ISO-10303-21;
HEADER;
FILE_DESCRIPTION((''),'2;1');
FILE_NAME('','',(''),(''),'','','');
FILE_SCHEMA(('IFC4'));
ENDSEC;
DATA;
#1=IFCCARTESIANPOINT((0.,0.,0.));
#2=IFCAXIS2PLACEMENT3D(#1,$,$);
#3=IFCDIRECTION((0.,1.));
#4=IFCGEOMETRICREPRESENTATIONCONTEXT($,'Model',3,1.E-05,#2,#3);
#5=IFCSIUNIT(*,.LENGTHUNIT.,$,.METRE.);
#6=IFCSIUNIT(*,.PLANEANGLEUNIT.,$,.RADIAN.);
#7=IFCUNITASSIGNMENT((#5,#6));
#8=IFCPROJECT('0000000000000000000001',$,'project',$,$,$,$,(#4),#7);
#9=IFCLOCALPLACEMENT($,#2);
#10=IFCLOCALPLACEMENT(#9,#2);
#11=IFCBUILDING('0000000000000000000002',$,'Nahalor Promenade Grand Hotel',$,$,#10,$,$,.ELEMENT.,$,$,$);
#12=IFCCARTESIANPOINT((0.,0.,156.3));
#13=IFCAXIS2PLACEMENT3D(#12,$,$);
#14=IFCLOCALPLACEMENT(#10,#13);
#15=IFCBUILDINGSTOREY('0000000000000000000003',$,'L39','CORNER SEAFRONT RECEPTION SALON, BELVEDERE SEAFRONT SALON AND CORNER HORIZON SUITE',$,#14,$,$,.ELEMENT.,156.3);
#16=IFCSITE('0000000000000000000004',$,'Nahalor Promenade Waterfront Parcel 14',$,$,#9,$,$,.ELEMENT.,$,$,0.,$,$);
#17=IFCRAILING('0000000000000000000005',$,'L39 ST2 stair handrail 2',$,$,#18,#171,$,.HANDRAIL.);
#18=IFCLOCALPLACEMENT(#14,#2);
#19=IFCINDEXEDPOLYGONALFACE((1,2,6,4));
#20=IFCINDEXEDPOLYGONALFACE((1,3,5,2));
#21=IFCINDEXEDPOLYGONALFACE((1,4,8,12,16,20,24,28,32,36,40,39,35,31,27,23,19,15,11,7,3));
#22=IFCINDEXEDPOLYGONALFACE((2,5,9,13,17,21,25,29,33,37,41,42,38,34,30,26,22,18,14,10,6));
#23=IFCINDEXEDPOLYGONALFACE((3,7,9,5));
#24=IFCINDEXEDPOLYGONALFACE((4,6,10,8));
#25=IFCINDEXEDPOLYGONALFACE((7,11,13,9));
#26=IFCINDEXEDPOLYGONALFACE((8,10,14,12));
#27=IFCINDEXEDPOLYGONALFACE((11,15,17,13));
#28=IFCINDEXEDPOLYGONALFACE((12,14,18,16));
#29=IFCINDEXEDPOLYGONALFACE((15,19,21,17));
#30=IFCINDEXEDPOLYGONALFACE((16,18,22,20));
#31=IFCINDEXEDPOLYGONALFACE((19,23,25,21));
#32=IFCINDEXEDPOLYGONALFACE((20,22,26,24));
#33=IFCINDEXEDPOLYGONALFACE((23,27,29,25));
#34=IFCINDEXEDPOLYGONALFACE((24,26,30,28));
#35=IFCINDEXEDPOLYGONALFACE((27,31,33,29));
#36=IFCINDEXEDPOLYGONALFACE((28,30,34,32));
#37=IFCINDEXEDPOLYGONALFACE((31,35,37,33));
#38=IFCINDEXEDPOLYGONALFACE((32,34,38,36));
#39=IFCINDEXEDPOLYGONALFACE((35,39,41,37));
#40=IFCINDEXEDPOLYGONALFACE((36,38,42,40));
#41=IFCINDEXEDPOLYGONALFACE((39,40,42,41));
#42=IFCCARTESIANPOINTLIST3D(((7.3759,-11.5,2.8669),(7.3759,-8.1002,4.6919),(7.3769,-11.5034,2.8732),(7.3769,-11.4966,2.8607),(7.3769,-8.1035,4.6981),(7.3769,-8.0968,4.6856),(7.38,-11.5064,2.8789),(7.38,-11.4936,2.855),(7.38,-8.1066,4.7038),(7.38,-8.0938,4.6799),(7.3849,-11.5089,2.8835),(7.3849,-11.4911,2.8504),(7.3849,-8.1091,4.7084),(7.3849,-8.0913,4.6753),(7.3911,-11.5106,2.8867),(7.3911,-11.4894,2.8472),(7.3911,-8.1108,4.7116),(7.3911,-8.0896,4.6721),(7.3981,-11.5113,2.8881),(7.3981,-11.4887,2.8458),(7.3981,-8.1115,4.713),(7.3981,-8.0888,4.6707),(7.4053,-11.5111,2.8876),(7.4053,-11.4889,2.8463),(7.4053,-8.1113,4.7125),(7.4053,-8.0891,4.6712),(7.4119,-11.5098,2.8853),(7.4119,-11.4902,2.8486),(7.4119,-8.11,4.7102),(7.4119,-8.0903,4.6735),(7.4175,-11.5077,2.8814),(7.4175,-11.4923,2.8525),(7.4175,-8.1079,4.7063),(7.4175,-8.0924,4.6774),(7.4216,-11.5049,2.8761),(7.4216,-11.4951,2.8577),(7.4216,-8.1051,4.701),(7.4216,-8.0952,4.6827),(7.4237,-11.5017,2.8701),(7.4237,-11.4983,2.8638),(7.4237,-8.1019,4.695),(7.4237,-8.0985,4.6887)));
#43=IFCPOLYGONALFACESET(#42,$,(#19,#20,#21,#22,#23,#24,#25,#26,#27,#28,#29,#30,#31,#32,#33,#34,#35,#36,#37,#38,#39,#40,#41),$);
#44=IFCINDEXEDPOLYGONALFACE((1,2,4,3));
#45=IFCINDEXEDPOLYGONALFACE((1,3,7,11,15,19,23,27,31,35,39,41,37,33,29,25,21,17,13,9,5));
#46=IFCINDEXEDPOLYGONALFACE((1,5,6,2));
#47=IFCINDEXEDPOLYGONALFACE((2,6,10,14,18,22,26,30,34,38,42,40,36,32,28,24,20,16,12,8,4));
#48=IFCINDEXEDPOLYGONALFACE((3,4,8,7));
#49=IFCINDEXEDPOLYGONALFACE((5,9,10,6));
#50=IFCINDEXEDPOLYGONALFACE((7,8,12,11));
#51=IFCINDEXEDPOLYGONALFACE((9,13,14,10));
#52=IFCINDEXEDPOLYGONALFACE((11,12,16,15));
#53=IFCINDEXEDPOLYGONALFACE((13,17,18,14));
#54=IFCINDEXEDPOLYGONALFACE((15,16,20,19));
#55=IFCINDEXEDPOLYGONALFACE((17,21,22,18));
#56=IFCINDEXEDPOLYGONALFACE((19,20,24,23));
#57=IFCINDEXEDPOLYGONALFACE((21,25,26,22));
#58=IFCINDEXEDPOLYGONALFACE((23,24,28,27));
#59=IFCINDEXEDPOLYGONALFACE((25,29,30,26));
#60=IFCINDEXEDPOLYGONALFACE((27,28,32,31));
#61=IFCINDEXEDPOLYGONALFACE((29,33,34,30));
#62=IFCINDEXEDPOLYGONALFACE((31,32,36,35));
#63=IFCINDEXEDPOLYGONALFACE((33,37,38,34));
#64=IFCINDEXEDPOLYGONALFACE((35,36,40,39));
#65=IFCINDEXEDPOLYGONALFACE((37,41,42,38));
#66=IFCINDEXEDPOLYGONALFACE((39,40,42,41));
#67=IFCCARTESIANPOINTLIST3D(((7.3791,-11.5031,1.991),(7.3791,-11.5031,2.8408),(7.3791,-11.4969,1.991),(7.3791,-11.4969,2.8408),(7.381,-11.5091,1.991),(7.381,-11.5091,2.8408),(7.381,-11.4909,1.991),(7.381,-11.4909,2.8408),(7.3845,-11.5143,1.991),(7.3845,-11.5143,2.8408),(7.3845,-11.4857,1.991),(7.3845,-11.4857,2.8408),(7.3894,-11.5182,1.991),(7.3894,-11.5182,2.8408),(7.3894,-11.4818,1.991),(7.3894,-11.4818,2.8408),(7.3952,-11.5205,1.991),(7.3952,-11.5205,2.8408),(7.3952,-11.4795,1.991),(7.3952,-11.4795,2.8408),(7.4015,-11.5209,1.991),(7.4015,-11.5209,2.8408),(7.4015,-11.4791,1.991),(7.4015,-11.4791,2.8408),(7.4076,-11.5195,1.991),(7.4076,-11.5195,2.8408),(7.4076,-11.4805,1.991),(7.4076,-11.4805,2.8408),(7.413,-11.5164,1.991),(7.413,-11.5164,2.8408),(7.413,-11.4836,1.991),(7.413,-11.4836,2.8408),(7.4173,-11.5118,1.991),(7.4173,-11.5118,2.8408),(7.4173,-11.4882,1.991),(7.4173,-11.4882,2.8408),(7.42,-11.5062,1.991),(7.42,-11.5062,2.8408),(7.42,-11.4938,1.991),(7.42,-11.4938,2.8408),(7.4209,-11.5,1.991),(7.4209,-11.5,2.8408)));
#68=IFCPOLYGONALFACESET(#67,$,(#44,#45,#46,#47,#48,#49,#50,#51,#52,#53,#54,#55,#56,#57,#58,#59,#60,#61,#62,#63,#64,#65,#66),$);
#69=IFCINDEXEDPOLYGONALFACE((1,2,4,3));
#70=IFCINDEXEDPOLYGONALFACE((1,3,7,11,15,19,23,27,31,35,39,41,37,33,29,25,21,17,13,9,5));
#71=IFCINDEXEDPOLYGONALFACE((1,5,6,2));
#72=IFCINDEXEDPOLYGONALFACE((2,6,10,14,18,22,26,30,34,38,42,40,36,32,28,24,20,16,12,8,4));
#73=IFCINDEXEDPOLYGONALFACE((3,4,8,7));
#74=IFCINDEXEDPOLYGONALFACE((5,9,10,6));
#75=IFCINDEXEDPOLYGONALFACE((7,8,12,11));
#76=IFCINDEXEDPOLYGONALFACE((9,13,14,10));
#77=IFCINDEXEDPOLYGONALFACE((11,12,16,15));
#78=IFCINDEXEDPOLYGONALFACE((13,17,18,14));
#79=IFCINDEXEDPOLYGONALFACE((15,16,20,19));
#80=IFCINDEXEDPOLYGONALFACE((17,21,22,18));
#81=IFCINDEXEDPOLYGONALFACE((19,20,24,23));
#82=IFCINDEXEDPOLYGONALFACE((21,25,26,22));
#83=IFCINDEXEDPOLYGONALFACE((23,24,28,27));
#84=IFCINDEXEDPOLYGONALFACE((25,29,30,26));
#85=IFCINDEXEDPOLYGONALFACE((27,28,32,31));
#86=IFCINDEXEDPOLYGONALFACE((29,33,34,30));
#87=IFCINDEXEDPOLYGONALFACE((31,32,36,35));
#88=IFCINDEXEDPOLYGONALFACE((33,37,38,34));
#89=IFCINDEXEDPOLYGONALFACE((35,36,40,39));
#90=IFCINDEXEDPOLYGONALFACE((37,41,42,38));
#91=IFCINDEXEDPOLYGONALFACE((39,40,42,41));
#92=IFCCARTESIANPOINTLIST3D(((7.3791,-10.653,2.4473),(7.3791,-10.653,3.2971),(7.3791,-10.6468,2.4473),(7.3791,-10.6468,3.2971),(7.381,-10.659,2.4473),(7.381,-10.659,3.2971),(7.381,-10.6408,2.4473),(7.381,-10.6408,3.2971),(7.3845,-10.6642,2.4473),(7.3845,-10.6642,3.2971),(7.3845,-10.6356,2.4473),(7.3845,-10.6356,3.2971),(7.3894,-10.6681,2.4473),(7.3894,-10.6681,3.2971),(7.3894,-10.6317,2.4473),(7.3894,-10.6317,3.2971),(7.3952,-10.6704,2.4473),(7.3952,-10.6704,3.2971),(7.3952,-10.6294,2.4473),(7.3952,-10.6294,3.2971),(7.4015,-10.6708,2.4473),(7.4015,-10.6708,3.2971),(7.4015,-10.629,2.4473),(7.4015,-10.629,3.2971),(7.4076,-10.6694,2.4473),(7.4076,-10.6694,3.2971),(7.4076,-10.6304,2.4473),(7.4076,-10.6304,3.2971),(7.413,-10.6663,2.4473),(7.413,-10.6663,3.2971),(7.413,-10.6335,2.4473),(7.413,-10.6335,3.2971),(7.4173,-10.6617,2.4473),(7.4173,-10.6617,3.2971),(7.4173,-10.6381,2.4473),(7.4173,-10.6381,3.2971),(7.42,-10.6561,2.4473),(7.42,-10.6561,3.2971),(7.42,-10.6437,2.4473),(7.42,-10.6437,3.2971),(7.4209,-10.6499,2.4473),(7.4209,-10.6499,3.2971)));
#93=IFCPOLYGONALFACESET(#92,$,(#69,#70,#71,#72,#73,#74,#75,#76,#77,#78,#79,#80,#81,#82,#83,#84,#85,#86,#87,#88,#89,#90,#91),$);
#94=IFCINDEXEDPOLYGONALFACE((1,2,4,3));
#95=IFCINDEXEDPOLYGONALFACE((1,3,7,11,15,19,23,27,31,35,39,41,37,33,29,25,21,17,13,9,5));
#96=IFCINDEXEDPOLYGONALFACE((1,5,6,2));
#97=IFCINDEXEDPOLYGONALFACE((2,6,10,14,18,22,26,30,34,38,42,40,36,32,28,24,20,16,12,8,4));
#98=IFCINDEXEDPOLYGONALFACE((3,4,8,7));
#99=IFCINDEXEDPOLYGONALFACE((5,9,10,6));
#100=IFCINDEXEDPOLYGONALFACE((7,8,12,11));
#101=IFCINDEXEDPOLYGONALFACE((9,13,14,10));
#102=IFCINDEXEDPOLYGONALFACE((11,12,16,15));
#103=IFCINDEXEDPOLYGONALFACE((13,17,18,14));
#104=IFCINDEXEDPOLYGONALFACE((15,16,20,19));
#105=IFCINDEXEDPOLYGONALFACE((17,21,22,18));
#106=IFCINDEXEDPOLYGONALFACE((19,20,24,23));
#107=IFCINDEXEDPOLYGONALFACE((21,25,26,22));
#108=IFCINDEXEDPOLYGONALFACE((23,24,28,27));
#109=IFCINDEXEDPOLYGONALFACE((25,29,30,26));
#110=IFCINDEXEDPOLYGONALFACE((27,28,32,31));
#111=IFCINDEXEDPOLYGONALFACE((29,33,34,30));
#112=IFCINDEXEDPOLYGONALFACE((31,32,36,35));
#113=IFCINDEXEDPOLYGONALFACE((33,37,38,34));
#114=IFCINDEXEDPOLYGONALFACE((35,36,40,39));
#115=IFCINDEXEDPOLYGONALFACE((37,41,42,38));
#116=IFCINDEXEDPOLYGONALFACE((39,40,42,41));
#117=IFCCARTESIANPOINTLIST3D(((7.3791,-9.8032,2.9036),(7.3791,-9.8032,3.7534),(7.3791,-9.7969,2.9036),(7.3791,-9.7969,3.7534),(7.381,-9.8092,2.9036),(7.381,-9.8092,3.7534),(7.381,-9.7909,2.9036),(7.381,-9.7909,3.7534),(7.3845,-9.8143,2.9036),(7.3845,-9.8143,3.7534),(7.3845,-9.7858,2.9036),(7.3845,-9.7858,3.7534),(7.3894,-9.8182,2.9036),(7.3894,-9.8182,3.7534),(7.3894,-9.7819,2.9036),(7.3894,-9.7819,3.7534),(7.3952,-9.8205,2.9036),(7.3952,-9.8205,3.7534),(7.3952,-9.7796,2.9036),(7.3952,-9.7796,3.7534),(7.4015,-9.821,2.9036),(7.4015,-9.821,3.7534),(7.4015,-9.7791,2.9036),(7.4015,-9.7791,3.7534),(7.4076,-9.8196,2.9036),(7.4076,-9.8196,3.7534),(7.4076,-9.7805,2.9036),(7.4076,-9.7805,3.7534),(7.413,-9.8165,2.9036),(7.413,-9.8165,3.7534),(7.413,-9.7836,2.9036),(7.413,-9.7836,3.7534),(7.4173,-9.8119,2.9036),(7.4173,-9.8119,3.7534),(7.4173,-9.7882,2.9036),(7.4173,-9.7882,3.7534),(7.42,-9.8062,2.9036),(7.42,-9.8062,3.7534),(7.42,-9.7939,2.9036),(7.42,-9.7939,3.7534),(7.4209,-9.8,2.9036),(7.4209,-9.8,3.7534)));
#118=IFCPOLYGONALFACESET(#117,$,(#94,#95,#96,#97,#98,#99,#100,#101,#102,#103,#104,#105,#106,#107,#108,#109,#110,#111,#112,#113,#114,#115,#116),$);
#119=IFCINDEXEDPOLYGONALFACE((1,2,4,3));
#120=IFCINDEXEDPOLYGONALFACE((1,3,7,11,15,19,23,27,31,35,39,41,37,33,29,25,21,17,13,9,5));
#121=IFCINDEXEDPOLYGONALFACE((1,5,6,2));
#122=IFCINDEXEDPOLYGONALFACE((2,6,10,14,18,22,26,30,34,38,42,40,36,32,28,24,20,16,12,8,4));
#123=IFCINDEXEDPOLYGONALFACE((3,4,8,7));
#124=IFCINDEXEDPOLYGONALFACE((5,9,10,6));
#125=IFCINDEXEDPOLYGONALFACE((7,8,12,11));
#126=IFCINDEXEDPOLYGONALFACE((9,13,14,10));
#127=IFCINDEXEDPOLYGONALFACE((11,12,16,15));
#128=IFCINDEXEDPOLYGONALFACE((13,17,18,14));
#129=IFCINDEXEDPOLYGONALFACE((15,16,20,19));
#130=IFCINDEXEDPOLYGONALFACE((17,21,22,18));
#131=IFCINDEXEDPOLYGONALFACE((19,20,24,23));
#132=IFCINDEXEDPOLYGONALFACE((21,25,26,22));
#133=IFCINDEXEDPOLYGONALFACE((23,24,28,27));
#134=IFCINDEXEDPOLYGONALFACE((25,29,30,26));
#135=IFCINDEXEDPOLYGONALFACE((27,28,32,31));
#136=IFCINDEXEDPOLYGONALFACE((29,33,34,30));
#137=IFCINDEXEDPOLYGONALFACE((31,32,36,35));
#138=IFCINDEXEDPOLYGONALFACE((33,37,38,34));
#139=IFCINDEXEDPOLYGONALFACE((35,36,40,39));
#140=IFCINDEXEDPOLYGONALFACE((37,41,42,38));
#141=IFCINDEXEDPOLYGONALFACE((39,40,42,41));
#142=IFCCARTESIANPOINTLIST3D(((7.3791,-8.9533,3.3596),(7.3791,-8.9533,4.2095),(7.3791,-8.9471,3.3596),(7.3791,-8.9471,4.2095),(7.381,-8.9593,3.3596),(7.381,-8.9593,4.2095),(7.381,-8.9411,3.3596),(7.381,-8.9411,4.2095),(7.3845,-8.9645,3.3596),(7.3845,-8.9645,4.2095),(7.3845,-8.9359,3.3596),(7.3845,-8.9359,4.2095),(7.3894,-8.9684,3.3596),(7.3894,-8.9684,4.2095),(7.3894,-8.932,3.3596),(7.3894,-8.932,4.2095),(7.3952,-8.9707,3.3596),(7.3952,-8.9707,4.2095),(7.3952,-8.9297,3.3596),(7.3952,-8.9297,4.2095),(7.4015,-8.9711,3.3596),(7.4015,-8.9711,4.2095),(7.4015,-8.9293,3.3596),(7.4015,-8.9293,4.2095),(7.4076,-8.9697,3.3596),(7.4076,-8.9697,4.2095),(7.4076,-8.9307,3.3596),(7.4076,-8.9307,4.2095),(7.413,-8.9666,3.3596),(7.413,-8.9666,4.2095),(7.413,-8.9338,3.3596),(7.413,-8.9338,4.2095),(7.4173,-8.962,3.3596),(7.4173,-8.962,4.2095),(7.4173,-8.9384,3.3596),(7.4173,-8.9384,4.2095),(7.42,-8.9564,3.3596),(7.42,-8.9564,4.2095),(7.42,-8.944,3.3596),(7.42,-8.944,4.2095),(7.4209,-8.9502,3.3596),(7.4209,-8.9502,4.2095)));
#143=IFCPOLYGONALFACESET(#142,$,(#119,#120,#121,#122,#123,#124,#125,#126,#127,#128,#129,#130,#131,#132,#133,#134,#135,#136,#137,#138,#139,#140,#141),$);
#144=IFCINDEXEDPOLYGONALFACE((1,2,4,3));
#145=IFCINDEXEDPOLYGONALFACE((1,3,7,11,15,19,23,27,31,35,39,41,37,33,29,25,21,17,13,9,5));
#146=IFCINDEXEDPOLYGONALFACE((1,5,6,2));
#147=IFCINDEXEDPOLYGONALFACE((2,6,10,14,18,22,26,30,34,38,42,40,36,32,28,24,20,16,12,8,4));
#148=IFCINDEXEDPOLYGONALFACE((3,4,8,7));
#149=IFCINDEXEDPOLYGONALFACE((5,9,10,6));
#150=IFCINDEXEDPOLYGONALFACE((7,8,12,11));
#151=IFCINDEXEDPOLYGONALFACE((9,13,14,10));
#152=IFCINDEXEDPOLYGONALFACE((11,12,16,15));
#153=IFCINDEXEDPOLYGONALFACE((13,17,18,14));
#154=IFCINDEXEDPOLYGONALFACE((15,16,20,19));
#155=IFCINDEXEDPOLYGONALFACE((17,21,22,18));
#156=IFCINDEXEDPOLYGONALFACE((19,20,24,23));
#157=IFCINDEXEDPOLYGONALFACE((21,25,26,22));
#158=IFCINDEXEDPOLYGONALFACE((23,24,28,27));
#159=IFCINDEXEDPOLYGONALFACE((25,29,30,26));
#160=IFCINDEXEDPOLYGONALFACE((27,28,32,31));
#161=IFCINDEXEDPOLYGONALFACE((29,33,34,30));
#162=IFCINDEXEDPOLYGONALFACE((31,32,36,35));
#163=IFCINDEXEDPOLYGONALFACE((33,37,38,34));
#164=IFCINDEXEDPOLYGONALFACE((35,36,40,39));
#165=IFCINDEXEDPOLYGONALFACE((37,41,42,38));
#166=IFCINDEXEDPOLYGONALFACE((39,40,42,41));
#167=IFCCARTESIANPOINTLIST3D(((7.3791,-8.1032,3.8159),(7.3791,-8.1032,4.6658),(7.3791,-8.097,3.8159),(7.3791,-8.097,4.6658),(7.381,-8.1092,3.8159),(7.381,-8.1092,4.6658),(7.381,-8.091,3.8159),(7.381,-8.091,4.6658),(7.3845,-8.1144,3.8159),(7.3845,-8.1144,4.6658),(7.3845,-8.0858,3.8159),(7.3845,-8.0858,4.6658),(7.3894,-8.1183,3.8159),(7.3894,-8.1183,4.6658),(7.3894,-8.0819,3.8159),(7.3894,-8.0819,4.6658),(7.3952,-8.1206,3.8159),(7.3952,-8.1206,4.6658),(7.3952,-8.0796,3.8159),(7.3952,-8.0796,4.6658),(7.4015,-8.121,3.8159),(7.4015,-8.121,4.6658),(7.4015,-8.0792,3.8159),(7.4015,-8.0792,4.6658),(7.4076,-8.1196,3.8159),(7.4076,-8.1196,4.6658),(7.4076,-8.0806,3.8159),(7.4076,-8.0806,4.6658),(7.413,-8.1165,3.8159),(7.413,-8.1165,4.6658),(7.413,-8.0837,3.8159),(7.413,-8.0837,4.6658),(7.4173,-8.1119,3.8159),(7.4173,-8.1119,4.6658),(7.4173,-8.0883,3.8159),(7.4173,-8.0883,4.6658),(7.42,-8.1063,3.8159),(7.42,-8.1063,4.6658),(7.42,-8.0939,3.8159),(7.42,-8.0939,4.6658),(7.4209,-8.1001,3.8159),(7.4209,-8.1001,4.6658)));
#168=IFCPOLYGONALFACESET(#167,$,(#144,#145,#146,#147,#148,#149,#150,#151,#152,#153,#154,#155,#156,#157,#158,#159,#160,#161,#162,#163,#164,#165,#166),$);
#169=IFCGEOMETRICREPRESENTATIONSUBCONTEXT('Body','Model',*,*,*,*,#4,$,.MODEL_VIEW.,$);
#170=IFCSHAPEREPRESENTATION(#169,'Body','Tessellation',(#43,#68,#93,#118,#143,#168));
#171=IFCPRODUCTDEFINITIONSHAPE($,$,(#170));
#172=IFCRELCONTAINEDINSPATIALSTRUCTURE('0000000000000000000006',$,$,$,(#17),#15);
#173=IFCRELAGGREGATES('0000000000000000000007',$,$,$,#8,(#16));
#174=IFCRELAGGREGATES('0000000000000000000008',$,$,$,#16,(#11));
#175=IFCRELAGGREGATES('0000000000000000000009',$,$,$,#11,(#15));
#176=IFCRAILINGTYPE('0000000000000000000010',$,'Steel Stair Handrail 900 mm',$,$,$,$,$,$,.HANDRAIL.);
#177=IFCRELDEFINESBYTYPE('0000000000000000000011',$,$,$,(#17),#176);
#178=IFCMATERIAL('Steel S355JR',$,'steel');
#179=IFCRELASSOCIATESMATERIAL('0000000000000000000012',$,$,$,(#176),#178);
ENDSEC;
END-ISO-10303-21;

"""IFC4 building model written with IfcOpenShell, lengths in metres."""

from ifc_helpers import new_model, si_unit, direction, frame, origin, origin_2d, place, context, subcontext, project, spatial, circle, extrude, material, type_object, element, save


model = new_model("IFC4")

# Units and contexts
model_context = context("Model", 3, precision=1e-05, world=origin(), true_north=direction((0.0, 1.0)))
body_context = subcontext(model_context, "Body", "Model", "MODEL_VIEW")
ifc_project = project(units=[si_unit("LENGTHUNIT", "METRE"), si_unit("PLANEANGLEUNIT", "RADIAN")], contexts=[model_context])

# Site, building, storey
site_placement = place(None, origin())
site = spatial("IfcSite", under=ifc_project, at=site_placement, Name="Nahalor Promenade Waterfront Parcel 14", CompositionType="ELEMENT", RefElevation=0.0)
building_placement = place(site_placement, origin())
building = spatial("IfcBuilding", under=site, at=building_placement, Name="Nahalor Promenade Grand Hotel", CompositionType="ELEMENT")
storey_placement = place(building_placement, frame((0.0, 0.0, 156.3)))
storey = spatial("IfcBuildingStorey", under=building, at=storey_placement, Name="L39", Description="CORNER SEAFRONT RECEPTION SALON, BELVEDERE SEAFRONT SALON AND CORNER HORIZON SUITE", CompositionType="ELEMENT", Elevation=156.3)

# Shared definitions
ifc_material_1 = material(Name="Steel S355JR", Category="steel")

# Railing
railing_type_1 = type_object("IfcRailingType", Name="Steel Stair Handrail 900 mm", PredefinedType="HANDRAIL", material=ifc_material_1)
railing_1_placement = place(storey_placement, frame((7.3999, -11.5, 1.991)))
element("IfcRailing", 1, at=railing_1_placement, inside=storey, type_object=railing_type_1, Name="L39 ST2 stair handrail 2", PredefinedType="HANDRAIL", context=body_context, shape_type="SweptSolid", body=[
    extrude(circle(Radius=0.024, at=origin_2d()), frame((0.0, 0.0, 0.876), z_axis=(0.0, 0.881094, 0.472941), x_axis=(-1.0, 0.0, 0.0)), (0.0, 0.0, 1.0), 3.8586),
    extrude(circle(Radius=0.021, at=origin_2d()), origin(), (0.0, 0.0, 1.0), 0.8499),
    extrude(circle(Radius=0.021, at=origin_2d()), frame((0.0, 0.8501, 0.4563)), (0.0, 0.0, 1.0), 0.8499),
    extrude(circle(Radius=0.021, at=origin_2d()), frame((0.0, 1.7, 0.9126)), (0.0, 0.0, 1.0), 0.8499),
    extrude(circle(Radius=0.021, at=origin_2d()), frame((0.0, 2.5498, 1.3687)), (0.0, 0.0, 1.0), 0.8499),
    extrude(circle(Radius=0.021, at=origin_2d()), frame((0.0, 3.3999, 1.825)), (0.0, 0.0, 1.0), 0.8499),
])

save(model, "model.ifc")
